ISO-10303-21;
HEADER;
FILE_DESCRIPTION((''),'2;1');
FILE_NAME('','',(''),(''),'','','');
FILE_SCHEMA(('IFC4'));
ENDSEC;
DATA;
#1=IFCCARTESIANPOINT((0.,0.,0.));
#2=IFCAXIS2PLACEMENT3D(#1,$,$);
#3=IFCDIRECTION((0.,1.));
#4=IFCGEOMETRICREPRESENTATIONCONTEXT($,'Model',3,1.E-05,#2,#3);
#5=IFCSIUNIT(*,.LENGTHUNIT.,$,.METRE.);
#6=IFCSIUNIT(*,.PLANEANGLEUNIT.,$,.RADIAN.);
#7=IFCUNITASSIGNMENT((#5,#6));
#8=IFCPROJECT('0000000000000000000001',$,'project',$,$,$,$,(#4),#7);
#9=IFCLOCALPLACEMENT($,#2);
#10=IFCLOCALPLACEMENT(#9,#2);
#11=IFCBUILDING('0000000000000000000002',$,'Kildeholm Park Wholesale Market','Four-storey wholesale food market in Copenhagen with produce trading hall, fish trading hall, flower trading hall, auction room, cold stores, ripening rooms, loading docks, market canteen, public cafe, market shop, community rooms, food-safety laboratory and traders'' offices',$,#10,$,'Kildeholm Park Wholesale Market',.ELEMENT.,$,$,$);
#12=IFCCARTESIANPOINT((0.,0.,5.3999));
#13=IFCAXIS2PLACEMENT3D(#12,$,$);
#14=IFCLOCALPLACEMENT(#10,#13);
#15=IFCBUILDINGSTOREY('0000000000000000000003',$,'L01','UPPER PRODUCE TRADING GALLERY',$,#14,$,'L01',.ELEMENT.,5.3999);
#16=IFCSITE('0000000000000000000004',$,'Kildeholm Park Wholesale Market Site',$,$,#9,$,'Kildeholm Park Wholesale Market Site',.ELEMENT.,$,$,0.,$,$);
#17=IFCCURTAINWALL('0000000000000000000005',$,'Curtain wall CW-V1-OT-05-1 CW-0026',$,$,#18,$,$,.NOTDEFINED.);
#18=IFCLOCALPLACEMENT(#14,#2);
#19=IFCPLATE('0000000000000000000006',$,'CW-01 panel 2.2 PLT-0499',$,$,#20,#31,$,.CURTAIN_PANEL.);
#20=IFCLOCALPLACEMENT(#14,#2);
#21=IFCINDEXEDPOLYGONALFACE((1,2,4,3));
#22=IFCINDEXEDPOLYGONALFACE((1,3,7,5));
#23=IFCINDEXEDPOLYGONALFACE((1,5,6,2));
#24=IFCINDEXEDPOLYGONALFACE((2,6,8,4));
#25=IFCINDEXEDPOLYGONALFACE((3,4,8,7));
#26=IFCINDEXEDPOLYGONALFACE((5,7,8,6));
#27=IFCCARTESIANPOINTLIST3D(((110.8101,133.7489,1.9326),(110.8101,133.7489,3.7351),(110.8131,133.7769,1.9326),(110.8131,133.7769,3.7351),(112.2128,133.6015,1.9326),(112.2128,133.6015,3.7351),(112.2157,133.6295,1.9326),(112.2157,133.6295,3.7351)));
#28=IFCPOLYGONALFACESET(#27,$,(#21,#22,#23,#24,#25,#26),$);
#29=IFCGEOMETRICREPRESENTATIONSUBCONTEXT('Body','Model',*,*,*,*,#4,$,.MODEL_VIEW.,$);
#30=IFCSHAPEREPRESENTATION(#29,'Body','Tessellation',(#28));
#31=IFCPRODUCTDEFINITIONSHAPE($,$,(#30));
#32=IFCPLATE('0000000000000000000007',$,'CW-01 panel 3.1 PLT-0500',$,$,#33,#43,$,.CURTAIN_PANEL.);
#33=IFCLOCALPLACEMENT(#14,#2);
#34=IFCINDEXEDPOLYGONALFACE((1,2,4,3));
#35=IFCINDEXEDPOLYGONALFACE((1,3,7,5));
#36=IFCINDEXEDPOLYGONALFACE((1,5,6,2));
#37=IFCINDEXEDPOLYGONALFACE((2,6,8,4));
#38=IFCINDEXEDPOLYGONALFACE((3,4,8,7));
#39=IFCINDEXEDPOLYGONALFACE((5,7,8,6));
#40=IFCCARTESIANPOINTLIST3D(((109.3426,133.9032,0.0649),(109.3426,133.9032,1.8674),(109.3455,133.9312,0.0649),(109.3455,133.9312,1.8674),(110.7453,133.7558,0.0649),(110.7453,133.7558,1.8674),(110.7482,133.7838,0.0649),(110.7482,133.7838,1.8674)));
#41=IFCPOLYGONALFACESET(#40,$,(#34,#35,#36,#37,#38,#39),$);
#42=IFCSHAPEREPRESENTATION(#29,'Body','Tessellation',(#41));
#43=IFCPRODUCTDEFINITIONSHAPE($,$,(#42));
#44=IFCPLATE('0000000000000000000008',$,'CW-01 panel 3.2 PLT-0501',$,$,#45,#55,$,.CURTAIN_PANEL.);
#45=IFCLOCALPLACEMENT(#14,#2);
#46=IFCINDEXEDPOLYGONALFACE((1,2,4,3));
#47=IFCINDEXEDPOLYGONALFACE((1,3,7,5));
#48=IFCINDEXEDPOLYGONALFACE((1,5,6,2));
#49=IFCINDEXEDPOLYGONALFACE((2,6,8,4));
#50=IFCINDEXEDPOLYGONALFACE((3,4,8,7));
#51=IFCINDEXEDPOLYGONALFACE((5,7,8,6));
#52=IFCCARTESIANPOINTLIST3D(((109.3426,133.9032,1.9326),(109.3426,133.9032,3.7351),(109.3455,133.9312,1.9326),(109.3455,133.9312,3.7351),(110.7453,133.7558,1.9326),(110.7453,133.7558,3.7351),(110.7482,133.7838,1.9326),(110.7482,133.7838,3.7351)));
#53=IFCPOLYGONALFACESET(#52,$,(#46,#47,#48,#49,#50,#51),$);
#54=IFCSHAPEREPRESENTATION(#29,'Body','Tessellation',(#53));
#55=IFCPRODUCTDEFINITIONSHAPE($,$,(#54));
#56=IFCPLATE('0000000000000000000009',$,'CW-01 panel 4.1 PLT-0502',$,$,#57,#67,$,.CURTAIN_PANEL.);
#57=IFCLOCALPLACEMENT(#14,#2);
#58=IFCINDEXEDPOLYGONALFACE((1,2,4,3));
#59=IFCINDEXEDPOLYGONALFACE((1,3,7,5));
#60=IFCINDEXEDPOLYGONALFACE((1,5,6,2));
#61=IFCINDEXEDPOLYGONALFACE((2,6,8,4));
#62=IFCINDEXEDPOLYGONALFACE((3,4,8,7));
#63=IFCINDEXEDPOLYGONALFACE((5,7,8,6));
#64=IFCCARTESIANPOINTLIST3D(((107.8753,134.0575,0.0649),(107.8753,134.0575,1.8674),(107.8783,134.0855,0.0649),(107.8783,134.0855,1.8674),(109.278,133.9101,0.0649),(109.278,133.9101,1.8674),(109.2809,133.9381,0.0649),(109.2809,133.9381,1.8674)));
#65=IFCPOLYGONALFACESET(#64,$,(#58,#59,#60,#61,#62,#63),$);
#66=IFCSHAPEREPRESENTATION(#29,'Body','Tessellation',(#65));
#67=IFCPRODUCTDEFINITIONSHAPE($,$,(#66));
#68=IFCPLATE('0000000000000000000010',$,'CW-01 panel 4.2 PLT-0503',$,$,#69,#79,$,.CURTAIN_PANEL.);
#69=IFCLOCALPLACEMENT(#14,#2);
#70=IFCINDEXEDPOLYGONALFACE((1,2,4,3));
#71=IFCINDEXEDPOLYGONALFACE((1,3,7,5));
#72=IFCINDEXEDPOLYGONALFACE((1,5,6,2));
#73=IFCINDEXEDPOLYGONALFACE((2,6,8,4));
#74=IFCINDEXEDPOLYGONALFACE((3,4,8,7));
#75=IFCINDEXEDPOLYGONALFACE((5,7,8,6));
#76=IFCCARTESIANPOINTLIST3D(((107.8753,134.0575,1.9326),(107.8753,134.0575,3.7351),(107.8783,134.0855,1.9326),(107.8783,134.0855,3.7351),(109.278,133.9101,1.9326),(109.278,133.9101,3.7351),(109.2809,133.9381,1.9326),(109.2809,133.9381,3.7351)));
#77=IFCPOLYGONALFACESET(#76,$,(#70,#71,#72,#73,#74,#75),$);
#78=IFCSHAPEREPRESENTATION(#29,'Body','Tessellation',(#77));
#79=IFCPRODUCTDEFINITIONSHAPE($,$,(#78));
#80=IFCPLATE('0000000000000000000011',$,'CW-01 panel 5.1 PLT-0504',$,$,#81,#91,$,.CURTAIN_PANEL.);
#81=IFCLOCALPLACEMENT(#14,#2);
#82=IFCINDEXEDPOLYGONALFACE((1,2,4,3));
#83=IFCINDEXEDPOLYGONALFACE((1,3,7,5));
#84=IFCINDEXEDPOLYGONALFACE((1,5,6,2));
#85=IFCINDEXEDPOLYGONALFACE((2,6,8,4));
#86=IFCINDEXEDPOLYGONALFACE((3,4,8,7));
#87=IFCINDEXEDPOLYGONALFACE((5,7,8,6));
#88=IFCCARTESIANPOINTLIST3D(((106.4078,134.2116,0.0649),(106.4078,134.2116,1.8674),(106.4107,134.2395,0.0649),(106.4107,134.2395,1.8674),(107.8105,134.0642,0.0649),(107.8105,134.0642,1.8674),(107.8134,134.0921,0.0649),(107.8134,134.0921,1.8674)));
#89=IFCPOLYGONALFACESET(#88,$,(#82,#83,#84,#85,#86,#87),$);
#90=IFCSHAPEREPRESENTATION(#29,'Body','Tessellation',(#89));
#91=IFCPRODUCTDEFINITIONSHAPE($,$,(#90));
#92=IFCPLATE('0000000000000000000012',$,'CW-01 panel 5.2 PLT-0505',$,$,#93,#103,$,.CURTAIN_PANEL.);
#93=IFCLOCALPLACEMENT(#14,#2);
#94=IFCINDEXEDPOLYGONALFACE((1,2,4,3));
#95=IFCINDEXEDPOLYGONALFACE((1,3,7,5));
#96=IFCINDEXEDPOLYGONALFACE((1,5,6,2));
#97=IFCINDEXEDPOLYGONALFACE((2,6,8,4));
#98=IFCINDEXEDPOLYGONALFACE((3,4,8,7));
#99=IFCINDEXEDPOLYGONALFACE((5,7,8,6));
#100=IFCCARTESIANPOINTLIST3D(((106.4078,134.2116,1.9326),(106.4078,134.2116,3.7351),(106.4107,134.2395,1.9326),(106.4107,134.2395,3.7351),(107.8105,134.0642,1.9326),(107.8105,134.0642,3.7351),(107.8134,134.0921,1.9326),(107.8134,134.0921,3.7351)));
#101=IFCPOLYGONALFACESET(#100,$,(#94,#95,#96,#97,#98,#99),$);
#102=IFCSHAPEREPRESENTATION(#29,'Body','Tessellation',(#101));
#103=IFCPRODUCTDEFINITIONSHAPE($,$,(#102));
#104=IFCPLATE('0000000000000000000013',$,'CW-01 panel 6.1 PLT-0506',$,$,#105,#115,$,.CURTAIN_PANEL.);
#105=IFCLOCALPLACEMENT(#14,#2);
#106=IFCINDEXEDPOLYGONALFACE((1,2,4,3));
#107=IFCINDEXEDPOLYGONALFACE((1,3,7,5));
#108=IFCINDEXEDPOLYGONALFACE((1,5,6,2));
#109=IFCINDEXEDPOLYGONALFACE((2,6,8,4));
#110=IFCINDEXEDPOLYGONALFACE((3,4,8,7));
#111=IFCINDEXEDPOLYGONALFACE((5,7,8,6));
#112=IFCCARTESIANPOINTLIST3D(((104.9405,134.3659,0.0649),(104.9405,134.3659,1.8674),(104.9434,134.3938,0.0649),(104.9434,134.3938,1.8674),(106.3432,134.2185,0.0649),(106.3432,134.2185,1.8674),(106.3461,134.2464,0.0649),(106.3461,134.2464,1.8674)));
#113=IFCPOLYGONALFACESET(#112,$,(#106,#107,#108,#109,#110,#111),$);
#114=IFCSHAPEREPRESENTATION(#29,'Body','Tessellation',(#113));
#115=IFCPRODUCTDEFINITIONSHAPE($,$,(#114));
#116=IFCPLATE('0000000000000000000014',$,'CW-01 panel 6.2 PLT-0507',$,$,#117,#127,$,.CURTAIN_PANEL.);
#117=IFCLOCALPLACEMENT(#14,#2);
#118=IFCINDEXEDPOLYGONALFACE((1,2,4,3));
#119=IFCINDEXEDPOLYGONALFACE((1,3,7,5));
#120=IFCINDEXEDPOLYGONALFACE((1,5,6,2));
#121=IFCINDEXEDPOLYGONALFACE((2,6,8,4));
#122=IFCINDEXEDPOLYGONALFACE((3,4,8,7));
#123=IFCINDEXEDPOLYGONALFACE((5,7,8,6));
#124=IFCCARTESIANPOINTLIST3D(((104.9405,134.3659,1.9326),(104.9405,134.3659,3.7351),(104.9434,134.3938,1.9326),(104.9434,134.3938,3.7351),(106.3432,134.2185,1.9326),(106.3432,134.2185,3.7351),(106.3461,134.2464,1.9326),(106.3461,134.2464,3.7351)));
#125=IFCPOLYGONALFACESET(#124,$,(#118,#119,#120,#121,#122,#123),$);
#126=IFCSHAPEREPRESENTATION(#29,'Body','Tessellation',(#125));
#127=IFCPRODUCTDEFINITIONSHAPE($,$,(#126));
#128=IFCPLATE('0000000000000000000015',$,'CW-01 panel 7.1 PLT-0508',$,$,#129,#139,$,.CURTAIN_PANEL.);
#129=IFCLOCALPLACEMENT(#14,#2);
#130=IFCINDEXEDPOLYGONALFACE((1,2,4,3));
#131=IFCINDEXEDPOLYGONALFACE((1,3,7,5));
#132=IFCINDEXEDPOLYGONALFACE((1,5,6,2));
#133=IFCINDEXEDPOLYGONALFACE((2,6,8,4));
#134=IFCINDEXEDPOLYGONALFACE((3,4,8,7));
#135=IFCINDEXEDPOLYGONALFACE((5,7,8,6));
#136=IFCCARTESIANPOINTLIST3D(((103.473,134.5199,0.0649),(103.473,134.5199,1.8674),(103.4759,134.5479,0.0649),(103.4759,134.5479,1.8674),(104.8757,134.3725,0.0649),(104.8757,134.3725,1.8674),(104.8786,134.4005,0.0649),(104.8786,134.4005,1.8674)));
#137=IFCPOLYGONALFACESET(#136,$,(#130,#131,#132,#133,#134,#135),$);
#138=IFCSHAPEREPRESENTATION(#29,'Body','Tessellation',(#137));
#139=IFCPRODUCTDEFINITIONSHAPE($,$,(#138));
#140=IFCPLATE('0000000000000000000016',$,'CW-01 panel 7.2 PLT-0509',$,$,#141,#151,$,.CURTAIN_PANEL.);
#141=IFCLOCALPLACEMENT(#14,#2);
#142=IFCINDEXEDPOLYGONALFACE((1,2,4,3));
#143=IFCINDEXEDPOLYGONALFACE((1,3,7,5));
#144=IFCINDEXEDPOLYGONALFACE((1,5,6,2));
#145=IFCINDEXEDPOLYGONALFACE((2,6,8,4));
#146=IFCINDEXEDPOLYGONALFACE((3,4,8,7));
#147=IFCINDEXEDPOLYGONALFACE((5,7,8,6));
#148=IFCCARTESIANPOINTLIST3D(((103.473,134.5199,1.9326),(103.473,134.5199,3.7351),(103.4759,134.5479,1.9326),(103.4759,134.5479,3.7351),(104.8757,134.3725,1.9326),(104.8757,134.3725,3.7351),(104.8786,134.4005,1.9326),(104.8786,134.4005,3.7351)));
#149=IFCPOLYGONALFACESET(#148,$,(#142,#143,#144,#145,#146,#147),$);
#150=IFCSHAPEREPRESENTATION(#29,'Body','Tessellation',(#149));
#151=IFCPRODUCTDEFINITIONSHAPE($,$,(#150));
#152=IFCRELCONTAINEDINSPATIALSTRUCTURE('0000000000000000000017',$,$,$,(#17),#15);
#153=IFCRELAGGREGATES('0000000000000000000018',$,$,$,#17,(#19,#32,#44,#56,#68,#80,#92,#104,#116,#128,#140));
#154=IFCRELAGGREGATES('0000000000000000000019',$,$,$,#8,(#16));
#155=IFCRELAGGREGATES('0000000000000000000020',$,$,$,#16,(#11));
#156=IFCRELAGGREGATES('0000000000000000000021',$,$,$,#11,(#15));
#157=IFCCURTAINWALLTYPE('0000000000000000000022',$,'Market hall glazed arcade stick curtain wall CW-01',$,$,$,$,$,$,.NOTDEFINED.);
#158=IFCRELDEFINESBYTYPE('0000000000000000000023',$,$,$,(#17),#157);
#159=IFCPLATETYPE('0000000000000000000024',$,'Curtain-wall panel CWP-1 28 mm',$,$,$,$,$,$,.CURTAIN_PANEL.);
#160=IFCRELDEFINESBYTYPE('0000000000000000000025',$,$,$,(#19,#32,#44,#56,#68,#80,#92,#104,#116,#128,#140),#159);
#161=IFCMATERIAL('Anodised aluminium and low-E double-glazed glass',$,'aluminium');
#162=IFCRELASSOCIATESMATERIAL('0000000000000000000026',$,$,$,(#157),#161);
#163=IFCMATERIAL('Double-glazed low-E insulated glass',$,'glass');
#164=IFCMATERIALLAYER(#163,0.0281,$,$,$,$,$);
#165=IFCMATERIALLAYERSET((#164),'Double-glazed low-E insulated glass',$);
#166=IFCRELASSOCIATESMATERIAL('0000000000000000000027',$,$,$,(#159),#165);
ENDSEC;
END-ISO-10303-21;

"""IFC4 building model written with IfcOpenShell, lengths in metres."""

from ifc_helpers import new_model, si_unit, direction, frame, origin, origin_2d, place, context, subcontext, project, spatial, rectangle, extrude, material, layer, layer_set, type_object, element, aggregate, save


model = new_model("IFC4")

# Units and contexts
model_context = context("Model", 3, precision=1e-05, world=origin(), true_north=direction((0.0, 1.0)))
body_context = subcontext(model_context, "Body", "Model", "MODEL_VIEW")
ifc_project = project(units=[si_unit("LENGTHUNIT", "METRE"), si_unit("PLANEANGLEUNIT", "RADIAN")], contexts=[model_context])

# Site, building, storey
site_placement = place(None, origin())
site = spatial("IfcSite", under=ifc_project, at=site_placement, Name="Kildeholm Park Wholesale Market Site", LongName="Kildeholm Park Wholesale Market Site", CompositionType="ELEMENT", RefElevation=0.0)
building_placement = place(site_placement, origin())
building = spatial("IfcBuilding", under=site, at=building_placement, Name="Kildeholm Park Wholesale Market", Description="Four-storey wholesale food market in Copenhagen with produce trading hall, fish trading hall, flower trading hall, auction room, cold stores, ripening rooms, loading docks, market canteen, public cafe, market shop, community rooms, food-safety laboratory and traders' offices", LongName="Kildeholm Park Wholesale Market", CompositionType="ELEMENT")
storey_placement = place(building_placement, frame((0.0, 0.0, 5.3999)))
storey = spatial("IfcBuildingStorey", under=building, at=storey_placement, Name="L01", Description="UPPER PRODUCE TRADING GALLERY", LongName="L01", CompositionType="ELEMENT", Elevation=5.3999)

# Curtain wall, plates
ifc_material_1 = material(Name="Anodised aluminium and low-E double-glazed glass", Category="aluminium")
curtain_wall_type = type_object("IfcCurtainWallType", Name="Market hall glazed arcade stick curtain wall CW-01", PredefinedType="NOTDEFINED", material=ifc_material_1)
curtain_wall_placement = place(storey_placement, origin())
curtain_wall = element("IfcCurtainWall", 1, at=curtain_wall_placement, inside=storey, type_object=curtain_wall_type, Name="Curtain wall CW-V1-OT-05-1 CW-0026", PredefinedType="NOTDEFINED")
ifc_material_2 = material(Name="Double-glazed low-E insulated glass", Category="glass")
ifc_layer = layer(ifc_material_2, 0.0281)
ifc_layer_set = layer_set([ifc_layer], Name="Double-glazed low-E insulated glass")
plate_type = type_object("IfcPlateType", Name="Curtain-wall panel CWP-1 28 mm", PredefinedType="CURTAIN_PANEL", material=ifc_layer_set)
plate_1_placement = place(storey_placement, frame((111.5129, 133.6892, 1.9326), z_axis=(0.0, 0.0, 1.0), x_axis=(-0.994524, 0.104508, 0.0)))
plate_1 = element("IfcPlate", 2, at=plate_1_placement, type_object=plate_type, Name="CW-01 panel 2.2 PLT-0499", PredefinedType="CURTAIN_PANEL", context=body_context, shape_type="SweptSolid", body=[
    extrude(rectangle(XDim=1.4104, YDim=0.0281, at=origin_2d()), origin(), (0.0, 0.0, 1.0), 1.8025),
])
plate_2_placement = place(storey_placement, frame((110.0454, 133.8435, 0.0649), z_axis=(0.0, 0.0, 1.0), x_axis=(-0.994524, 0.104508, 0.0)))
plate_2 = element("IfcPlate", 3, at=plate_2_placement, type_object=plate_type, Name="CW-01 panel 3.1 PLT-0500", PredefinedType="CURTAIN_PANEL", context=body_context, shape_type="SweptSolid", body=[
    extrude(rectangle(XDim=1.4104, YDim=0.0281, at=origin_2d()), origin(), (0.0, 0.0, 1.0), 1.8025),
])
plate_3_placement = place(storey_placement, frame((110.0454, 133.8435, 1.9326), z_axis=(0.0, 0.0, 1.0), x_axis=(-0.994524, 0.104508, 0.0)))
plate_3 = element("IfcPlate", 4, at=plate_3_placement, type_object=plate_type, Name="CW-01 panel 3.2 PLT-0501", PredefinedType="CURTAIN_PANEL", context=body_context, shape_type="SweptSolid", body=[
    extrude(rectangle(XDim=1.4104, YDim=0.0281, at=origin_2d()), origin(), (0.0, 0.0, 1.0), 1.8025),
])
plate_4_placement = place(storey_placement, frame((108.5781, 133.9978, 0.0649), z_axis=(0.0, 0.0, 1.0), x_axis=(-0.994524, 0.104508, 0.0)))
plate_4 = element("IfcPlate", 5, at=plate_4_placement, type_object=plate_type, Name="CW-01 panel 4.1 PLT-0502", PredefinedType="CURTAIN_PANEL", context=body_context, shape_type="SweptSolid", body=[
    extrude(rectangle(XDim=1.4104, YDim=0.0281, at=origin_2d()), origin(), (0.0, 0.0, 1.0), 1.8025),
])
plate_5_placement = place(storey_placement, frame((108.5781, 133.9978, 1.9326), z_axis=(0.0, 0.0, 1.0), x_axis=(-0.994524, 0.104508, 0.0)))
plate_5 = element("IfcPlate", 6, at=plate_5_placement, type_object=plate_type, Name="CW-01 panel 4.2 PLT-0503", PredefinedType="CURTAIN_PANEL", context=body_context, shape_type="SweptSolid", body=[
    extrude(rectangle(XDim=1.4104, YDim=0.0281, at=origin_2d()), origin(), (0.0, 0.0, 1.0), 1.8025),
])
plate_6_placement = place(storey_placement, frame((107.1106, 134.1519, 0.0649), z_axis=(0.0, 0.0, 1.0), x_axis=(-0.994524, 0.104508, 0.0)))
plate_6 = element("IfcPlate", 7, at=plate_6_placement, type_object=plate_type, Name="CW-01 panel 5.1 PLT-0504", PredefinedType="CURTAIN_PANEL", context=body_context, shape_type="SweptSolid", body=[
    extrude(rectangle(XDim=1.4104, YDim=0.0281, at=origin_2d()), origin(), (0.0, 0.0, 1.0), 1.8025),
])
plate_7_placement = place(storey_placement, frame((107.1106, 134.1519, 1.9326), z_axis=(0.0, 0.0, 1.0), x_axis=(-0.994524, 0.104508, 0.0)))
plate_7 = element("IfcPlate", 8, at=plate_7_placement, type_object=plate_type, Name="CW-01 panel 5.2 PLT-0505", PredefinedType="CURTAIN_PANEL", context=body_context, shape_type="SweptSolid", body=[
    extrude(rectangle(XDim=1.4104, YDim=0.0281, at=origin_2d()), origin(), (0.0, 0.0, 1.0), 1.8025),
])
plate_8_placement = place(storey_placement, frame((105.6433, 134.3062, 0.0649), z_axis=(0.0, 0.0, 1.0), x_axis=(-0.994524, 0.104508, 0.0)))
plate_8 = element("IfcPlate", 9, at=plate_8_placement, type_object=plate_type, Name="CW-01 panel 6.1 PLT-0506", PredefinedType="CURTAIN_PANEL", context=body_context, shape_type="SweptSolid", body=[
    extrude(rectangle(XDim=1.4104, YDim=0.0281, at=origin_2d()), origin(), (0.0, 0.0, 1.0), 1.8025),
])
plate_9_placement = place(storey_placement, frame((105.6433, 134.3062, 1.9326), z_axis=(0.0, 0.0, 1.0), x_axis=(-0.994524, 0.104508, 0.0)))
plate_9 = element("IfcPlate", 10, at=plate_9_placement, type_object=plate_type, Name="CW-01 panel 6.2 PLT-0507", PredefinedType="CURTAIN_PANEL", context=body_context, shape_type="SweptSolid", body=[
    extrude(rectangle(XDim=1.4104, YDim=0.0281, at=origin_2d()), origin(), (0.0, 0.0, 1.0), 1.8025),
])
plate_10_placement = place(storey_placement, frame((104.1758, 134.4602, 0.0649), z_axis=(0.0, 0.0, 1.0), x_axis=(-0.994524, 0.104508, 0.0)))
plate_10 = element("IfcPlate", 11, at=plate_10_placement, type_object=plate_type, Name="CW-01 panel 7.1 PLT-0508", PredefinedType="CURTAIN_PANEL", context=body_context, shape_type="SweptSolid", body=[
    extrude(rectangle(XDim=1.4104, YDim=0.0281, at=origin_2d()), origin(), (0.0, 0.0, 1.0), 1.8025),
])
plate_11_placement = place(storey_placement, frame((104.1758, 134.4602, 1.9326), z_axis=(0.0, 0.0, 1.0), x_axis=(-0.994524, 0.104508, 0.0)))
plate_11 = element("IfcPlate", 12, at=plate_11_placement, type_object=plate_type, Name="CW-01 panel 7.2 PLT-0509", PredefinedType="CURTAIN_PANEL", context=body_context, shape_type="SweptSolid", body=[
    extrude(rectangle(XDim=1.4104, YDim=0.0281, at=origin_2d()), origin(), (0.0, 0.0, 1.0), 1.8025),
])
aggregate(curtain_wall, [plate_1, plate_2, plate_3, plate_4, plate_5, plate_6, plate_7, plate_8, plate_9, plate_10, plate_11])

save(model, "model.ifc")
